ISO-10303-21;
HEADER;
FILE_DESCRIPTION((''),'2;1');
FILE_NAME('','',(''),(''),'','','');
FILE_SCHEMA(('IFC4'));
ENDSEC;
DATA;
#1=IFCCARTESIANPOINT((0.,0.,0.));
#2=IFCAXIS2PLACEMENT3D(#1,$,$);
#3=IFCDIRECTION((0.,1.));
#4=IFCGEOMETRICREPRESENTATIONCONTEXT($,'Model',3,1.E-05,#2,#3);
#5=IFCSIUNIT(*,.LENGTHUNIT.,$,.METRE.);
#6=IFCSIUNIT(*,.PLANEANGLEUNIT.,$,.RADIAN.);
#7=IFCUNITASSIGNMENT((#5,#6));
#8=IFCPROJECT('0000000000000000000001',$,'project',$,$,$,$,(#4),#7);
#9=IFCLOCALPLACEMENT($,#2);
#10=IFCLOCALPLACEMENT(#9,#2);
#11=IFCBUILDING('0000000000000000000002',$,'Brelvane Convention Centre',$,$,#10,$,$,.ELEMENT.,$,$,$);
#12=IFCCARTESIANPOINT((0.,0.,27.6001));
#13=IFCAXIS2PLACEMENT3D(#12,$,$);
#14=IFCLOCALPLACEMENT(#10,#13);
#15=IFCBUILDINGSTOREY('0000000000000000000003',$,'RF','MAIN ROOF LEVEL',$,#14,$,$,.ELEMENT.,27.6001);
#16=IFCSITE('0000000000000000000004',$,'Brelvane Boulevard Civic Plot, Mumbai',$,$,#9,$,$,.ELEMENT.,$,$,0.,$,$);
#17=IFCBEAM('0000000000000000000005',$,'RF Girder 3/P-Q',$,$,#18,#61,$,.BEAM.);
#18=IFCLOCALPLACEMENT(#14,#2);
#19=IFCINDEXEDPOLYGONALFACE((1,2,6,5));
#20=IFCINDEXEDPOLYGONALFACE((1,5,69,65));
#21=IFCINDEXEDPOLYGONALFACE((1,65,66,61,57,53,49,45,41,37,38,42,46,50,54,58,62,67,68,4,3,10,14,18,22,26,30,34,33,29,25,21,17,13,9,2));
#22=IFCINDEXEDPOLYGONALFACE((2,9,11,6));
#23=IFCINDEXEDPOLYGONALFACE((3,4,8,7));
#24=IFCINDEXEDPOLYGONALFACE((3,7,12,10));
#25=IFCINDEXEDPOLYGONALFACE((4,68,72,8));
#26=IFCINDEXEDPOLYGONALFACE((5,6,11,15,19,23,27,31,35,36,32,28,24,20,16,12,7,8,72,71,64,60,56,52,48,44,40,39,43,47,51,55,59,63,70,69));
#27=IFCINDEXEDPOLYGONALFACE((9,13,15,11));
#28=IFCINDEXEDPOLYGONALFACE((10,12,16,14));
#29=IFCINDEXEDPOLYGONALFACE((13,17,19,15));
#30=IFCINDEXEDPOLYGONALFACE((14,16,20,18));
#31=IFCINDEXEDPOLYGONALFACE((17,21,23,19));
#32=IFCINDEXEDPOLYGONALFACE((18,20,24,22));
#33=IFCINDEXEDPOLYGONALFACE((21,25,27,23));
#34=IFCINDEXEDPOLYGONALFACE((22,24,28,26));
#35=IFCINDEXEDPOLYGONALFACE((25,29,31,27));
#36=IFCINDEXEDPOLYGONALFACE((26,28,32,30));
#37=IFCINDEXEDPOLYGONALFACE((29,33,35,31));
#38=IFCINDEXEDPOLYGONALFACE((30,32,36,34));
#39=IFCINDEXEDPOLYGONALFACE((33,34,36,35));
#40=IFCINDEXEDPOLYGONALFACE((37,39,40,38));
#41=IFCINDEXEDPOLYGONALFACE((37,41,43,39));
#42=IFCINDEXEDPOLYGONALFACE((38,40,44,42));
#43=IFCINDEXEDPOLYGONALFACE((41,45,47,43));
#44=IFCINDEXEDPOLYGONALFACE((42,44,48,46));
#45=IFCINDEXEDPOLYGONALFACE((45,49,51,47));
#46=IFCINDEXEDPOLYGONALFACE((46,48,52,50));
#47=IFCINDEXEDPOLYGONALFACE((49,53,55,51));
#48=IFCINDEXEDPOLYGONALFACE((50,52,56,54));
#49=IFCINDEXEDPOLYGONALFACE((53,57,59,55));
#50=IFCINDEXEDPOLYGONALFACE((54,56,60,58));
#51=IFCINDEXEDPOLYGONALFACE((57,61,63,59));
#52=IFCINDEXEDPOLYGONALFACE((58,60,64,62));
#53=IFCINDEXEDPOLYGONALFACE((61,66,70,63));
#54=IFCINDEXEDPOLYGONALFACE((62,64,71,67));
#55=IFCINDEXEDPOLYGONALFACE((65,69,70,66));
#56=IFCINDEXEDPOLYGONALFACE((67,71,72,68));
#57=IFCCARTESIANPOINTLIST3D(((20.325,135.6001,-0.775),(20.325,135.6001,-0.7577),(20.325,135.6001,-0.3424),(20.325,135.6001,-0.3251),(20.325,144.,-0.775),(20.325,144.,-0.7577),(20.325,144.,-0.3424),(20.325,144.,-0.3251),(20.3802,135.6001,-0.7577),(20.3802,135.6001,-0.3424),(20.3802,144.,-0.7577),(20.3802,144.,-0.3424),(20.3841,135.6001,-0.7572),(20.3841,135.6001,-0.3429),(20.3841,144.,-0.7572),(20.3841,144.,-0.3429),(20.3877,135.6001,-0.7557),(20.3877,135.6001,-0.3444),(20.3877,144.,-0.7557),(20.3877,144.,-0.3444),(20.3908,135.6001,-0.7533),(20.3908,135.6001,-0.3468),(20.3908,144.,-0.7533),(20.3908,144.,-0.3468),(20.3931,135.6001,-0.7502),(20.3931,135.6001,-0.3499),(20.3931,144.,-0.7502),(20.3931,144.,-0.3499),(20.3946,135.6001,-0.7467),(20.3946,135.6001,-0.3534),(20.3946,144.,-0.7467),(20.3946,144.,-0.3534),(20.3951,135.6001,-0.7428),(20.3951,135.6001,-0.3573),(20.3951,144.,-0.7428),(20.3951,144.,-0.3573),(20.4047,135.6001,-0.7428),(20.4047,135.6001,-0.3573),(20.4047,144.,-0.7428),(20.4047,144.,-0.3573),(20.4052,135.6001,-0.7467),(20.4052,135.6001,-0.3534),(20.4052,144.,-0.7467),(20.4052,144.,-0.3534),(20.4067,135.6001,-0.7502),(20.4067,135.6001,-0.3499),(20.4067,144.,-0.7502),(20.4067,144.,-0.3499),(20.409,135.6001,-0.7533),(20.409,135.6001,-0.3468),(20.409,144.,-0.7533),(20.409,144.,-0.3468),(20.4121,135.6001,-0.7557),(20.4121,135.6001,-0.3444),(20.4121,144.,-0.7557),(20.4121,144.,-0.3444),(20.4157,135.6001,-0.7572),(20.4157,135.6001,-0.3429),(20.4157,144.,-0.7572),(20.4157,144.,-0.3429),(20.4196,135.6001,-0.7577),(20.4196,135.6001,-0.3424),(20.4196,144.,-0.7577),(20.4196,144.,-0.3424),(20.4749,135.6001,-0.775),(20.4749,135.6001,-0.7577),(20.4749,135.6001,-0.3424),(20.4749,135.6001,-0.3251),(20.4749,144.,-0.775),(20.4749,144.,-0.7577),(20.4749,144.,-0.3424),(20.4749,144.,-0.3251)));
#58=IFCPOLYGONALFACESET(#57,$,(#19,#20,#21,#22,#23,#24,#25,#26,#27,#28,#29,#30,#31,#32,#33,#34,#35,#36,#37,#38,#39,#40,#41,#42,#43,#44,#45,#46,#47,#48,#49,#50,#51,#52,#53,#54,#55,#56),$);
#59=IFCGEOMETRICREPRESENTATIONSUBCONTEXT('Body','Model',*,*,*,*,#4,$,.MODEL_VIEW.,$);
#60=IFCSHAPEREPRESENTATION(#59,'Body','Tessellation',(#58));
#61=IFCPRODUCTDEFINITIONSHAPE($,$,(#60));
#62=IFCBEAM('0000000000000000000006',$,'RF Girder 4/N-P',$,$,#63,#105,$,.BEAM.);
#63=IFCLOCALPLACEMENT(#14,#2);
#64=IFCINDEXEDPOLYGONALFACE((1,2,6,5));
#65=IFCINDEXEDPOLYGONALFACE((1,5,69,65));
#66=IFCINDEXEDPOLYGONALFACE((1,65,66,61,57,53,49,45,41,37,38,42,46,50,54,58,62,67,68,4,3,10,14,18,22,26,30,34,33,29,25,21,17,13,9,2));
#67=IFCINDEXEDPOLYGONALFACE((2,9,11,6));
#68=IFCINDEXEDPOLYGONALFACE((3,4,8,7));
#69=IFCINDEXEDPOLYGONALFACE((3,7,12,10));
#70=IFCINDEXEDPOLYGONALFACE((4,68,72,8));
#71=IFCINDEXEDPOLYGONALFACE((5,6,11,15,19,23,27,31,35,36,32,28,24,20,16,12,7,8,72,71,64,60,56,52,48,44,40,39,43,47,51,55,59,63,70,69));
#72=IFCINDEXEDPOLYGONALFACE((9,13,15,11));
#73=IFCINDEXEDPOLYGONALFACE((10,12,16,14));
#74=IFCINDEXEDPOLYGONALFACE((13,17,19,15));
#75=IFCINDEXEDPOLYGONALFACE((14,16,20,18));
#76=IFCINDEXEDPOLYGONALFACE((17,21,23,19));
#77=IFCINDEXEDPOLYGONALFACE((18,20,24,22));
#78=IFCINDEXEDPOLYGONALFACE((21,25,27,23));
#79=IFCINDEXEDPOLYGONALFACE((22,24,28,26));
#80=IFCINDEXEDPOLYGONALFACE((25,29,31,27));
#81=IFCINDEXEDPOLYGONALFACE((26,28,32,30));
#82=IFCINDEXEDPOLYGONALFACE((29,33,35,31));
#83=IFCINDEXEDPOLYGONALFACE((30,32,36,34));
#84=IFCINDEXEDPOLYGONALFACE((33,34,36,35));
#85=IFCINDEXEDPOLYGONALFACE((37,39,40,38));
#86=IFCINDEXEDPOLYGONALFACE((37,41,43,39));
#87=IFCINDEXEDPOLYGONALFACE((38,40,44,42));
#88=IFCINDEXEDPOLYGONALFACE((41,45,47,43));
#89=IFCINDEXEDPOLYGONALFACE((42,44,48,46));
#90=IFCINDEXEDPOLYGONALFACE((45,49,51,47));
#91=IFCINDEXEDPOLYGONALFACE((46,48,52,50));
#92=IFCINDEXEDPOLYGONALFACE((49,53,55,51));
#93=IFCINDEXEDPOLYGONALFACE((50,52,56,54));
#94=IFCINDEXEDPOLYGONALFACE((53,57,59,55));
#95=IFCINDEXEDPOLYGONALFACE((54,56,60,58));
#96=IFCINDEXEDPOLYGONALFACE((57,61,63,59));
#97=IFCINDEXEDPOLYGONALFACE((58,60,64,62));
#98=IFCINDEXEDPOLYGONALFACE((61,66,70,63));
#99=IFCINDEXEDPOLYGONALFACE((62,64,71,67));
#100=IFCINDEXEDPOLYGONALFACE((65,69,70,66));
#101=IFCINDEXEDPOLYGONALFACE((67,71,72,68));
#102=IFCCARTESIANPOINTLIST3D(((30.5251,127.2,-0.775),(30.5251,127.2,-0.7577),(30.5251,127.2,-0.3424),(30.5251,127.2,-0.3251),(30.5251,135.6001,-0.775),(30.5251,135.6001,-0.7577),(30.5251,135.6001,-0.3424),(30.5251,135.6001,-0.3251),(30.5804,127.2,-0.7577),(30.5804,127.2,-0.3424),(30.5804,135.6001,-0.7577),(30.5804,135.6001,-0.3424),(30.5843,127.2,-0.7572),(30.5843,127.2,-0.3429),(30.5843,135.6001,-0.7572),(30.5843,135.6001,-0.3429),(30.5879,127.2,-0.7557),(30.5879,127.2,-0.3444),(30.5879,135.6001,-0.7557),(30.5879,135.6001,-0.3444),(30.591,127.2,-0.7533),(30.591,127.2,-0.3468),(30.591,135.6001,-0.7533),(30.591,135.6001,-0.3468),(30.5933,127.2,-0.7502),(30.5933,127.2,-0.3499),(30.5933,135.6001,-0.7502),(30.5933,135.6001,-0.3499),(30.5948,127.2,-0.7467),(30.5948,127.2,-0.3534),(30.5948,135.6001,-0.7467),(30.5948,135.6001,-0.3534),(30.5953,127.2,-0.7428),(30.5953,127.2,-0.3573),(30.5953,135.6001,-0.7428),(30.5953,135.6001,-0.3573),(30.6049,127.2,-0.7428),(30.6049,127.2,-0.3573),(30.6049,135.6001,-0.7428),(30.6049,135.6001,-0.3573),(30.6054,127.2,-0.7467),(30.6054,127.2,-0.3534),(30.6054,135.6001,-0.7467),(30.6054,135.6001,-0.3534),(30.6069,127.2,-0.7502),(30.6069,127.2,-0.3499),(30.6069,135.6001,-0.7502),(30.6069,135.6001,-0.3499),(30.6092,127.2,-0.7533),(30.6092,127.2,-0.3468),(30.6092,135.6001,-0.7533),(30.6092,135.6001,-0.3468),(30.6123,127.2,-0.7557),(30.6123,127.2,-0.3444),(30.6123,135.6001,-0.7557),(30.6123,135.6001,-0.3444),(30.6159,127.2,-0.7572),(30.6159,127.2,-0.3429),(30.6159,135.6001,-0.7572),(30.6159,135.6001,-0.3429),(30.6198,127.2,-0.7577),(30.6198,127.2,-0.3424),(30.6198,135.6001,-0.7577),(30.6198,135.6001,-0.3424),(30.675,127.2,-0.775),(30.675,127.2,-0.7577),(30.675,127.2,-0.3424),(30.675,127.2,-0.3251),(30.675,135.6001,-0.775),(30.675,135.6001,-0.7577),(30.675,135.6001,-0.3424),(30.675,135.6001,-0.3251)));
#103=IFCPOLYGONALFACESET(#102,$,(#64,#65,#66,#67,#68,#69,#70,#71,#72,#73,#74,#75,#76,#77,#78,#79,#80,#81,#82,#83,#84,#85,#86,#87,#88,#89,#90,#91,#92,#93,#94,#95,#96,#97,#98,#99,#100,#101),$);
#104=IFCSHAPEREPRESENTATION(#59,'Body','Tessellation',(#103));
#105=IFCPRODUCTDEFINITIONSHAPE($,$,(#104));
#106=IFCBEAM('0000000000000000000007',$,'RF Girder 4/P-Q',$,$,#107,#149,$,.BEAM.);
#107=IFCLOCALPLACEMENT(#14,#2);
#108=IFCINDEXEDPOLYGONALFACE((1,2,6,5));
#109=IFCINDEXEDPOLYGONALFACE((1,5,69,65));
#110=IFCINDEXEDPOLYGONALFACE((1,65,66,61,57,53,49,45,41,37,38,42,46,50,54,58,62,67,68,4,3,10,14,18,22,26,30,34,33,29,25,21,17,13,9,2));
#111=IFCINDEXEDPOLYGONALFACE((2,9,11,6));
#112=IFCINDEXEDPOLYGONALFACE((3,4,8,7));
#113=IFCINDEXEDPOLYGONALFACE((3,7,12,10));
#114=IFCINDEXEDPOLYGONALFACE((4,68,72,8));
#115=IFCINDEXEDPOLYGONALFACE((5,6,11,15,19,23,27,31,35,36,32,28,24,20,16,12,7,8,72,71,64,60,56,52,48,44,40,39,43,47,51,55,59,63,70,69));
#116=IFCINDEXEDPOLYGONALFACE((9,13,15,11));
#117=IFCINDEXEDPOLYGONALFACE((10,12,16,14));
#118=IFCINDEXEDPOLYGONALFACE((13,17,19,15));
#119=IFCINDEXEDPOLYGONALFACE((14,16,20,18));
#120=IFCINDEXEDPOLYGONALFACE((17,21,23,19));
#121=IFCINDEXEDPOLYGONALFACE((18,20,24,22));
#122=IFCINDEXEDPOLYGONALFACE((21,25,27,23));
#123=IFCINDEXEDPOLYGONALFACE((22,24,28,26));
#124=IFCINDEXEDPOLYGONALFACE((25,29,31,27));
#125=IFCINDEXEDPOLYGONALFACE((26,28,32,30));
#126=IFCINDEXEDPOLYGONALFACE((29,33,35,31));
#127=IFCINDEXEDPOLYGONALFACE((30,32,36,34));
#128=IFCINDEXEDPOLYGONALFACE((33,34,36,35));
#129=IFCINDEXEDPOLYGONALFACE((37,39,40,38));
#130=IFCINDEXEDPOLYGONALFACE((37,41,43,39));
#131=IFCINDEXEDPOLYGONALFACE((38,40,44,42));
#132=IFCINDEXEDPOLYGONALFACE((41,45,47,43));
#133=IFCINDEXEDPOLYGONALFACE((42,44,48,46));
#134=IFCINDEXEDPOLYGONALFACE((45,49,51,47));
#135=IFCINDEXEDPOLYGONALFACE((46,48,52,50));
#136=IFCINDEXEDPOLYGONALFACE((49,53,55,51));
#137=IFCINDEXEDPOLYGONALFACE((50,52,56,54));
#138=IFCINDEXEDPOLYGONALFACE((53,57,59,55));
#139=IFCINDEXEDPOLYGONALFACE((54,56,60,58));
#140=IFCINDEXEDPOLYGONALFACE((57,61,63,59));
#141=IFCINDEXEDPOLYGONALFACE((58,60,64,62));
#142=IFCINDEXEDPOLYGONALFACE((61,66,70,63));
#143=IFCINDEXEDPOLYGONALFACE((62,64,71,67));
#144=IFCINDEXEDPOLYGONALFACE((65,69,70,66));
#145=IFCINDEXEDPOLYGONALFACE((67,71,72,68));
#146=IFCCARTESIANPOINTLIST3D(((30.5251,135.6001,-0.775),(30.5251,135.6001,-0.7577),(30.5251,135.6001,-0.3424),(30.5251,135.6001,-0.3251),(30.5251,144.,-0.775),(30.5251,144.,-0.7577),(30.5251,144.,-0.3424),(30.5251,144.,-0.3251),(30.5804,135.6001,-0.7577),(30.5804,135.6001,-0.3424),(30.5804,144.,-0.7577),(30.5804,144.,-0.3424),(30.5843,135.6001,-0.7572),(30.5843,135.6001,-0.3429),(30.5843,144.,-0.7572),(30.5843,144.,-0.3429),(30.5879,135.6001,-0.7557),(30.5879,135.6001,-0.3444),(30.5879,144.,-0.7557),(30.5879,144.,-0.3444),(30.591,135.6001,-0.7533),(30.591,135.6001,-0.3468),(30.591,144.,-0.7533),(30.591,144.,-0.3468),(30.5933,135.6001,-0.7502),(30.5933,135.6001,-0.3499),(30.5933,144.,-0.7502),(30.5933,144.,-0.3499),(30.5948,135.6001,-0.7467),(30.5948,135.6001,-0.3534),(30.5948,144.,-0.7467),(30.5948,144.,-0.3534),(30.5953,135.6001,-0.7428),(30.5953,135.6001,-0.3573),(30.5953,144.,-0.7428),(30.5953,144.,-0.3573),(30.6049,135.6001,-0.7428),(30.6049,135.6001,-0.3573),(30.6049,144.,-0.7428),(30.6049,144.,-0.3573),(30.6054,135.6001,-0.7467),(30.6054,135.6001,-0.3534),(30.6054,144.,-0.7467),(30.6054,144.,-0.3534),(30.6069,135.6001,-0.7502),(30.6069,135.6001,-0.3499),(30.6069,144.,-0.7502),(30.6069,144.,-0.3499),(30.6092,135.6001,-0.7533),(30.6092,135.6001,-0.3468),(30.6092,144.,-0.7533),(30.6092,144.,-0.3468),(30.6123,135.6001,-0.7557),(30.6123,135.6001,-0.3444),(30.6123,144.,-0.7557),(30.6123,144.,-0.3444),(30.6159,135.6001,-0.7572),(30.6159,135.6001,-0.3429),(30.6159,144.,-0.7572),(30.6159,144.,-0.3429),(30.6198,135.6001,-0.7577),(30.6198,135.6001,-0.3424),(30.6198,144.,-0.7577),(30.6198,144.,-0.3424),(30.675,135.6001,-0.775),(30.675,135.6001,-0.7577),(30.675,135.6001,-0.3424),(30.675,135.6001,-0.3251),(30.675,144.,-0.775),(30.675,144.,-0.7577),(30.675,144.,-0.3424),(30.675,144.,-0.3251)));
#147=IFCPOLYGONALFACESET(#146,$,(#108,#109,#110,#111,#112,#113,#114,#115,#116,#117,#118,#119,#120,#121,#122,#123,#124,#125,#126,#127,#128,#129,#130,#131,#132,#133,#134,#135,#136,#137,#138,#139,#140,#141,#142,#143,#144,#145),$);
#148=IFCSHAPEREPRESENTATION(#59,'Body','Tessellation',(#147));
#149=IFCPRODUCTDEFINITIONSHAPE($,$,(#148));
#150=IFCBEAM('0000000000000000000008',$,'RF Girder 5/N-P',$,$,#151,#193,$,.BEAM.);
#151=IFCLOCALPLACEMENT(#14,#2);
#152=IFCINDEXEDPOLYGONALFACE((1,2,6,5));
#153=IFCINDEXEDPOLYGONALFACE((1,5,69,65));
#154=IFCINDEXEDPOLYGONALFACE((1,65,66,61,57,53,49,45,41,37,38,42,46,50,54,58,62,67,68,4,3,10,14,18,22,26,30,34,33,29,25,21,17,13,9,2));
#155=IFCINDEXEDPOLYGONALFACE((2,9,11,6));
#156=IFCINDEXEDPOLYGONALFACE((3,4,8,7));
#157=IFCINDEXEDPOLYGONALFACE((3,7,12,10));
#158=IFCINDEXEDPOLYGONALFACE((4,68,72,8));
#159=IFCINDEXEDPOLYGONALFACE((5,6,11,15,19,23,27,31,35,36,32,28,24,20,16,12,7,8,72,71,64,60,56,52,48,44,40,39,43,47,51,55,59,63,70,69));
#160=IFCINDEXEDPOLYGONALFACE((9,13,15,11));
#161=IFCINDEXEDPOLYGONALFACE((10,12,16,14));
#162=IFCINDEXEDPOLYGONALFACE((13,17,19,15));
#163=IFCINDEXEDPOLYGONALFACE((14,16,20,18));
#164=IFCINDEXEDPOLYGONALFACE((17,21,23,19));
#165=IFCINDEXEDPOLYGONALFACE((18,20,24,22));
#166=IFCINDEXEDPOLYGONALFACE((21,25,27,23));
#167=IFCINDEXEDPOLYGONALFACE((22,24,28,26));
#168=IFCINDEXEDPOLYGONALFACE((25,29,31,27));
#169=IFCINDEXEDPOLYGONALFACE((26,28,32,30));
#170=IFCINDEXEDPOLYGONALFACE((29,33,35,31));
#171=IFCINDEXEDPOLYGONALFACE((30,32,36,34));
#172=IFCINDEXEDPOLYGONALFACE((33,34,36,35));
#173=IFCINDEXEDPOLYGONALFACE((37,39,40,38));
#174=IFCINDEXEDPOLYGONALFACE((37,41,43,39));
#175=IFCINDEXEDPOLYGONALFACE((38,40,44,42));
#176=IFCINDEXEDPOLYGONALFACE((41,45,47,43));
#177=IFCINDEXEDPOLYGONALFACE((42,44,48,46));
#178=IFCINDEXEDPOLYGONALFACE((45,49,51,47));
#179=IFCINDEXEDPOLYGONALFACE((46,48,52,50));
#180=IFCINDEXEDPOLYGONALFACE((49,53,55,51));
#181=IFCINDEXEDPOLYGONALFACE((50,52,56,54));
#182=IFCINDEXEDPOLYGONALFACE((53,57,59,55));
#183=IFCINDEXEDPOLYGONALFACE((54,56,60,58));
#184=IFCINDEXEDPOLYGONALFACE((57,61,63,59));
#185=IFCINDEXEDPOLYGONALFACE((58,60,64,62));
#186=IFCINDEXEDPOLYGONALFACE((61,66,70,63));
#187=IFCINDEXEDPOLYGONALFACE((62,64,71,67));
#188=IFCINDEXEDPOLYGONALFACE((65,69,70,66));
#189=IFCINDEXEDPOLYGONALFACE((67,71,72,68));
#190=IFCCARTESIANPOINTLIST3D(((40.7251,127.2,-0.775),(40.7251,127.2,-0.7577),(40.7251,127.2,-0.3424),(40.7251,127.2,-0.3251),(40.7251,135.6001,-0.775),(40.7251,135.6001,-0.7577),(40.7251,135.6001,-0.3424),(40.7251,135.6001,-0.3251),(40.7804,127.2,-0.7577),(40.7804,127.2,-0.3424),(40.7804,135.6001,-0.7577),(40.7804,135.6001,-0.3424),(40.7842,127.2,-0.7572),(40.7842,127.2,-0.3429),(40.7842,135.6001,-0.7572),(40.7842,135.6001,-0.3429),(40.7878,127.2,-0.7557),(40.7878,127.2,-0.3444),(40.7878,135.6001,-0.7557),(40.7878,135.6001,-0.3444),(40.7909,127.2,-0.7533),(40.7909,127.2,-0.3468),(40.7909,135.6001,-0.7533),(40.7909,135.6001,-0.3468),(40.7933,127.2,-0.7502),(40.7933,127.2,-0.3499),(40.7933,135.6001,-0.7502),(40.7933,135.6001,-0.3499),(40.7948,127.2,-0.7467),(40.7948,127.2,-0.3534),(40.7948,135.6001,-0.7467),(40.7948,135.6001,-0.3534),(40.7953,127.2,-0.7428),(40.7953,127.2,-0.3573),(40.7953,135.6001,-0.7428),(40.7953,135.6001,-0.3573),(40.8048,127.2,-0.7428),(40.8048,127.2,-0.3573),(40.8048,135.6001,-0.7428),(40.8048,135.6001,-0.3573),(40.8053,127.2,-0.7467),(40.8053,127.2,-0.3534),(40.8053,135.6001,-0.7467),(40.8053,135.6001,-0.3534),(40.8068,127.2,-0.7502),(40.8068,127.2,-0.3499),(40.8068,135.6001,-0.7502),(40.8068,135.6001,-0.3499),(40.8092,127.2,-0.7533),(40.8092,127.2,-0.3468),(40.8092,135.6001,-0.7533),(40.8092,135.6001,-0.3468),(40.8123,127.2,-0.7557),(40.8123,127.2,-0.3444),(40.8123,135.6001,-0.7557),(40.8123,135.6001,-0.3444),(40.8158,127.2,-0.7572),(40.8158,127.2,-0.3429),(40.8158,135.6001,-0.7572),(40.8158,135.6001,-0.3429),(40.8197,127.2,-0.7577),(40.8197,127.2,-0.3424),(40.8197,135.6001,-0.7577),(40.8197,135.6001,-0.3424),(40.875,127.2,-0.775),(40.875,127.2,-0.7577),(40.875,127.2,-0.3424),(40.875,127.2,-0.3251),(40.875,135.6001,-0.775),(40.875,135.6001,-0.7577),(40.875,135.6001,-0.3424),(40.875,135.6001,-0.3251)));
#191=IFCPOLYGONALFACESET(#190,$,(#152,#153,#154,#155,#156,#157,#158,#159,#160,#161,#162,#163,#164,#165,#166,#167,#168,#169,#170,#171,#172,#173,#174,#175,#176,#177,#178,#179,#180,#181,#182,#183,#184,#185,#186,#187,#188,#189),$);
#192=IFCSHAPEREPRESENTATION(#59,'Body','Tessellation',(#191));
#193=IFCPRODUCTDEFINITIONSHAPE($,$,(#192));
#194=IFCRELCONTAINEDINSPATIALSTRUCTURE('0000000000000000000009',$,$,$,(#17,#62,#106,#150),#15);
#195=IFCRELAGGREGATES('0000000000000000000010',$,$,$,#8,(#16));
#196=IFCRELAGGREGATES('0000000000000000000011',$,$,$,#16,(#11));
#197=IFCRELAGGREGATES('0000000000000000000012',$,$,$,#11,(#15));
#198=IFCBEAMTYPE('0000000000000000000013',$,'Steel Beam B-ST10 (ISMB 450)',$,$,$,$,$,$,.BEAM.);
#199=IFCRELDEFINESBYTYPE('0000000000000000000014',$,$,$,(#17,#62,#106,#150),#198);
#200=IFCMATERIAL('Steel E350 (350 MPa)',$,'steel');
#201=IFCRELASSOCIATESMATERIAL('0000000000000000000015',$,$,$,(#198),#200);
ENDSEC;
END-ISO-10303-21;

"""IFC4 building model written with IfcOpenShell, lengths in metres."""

from ifc_helpers import new_model, si_unit, direction, frame, origin, origin_2d, place, context, subcontext, project, spatial, i_section, extrude, material, material_profile, profile_set, type_object, element, save


model = new_model("IFC4")

# Units and contexts
model_context = context("Model", 3, precision=1e-05, world=origin(), true_north=direction((0.0, 1.0)))
body_context = subcontext(model_context, "Body", "Model", "MODEL_VIEW")
ifc_project = project(units=[si_unit("LENGTHUNIT", "METRE"), si_unit("PLANEANGLEUNIT", "RADIAN")], contexts=[model_context])

# Site, building, storey
site_placement = place(None, origin())
site = spatial("IfcSite", under=ifc_project, at=site_placement, Name="Brelvane Boulevard Civic Plot, Mumbai", CompositionType="ELEMENT", RefElevation=0.0)
building_placement = place(site_placement, origin())
building = spatial("IfcBuilding", under=site, at=building_placement, Name="Brelvane Convention Centre", CompositionType="ELEMENT")
storey_placement = place(building_placement, frame((0.0, 0.0, 27.6001)))
storey = spatial("IfcBuildingStorey", under=building, at=storey_placement, Name="RF", Description="MAIN ROOF LEVEL", CompositionType="ELEMENT", Elevation=27.6001)

# Beams
ifc_material_1 = material(Name="Steel E350 (350 MPa)", Category="steel")
ifc_material_profile_1 = material_profile(ifc_material_1, i_section(OverallWidth=0.1499, OverallDepth=0.45, WebThickness=0.0095, FlangeThickness=0.0173, FilletRadius=0.0149, at=origin_2d()), Name="ISMB 450")
ifc_profile_set_1 = profile_set([ifc_material_profile_1], Name="Steel E350 (350 MPa)")
beam_type_1 = type_object("IfcBeamType", Name="Steel Beam B-ST10 (ISMB 450)", PredefinedType="BEAM", material=ifc_profile_set_1)
beam_1_placement = place(storey_placement, frame((20.3999, 135.6001, -0.55), z_axis=(0.0, 1.0, 0.0), x_axis=(-1.0, 0.0, 0.0)))
element("IfcBeam", 1, at=beam_1_placement, inside=storey, type_object=beam_type_1, Name="RF Girder 3/P-Q", PredefinedType="BEAM", context=body_context, shape_type="SweptSolid", body=[
    extrude(i_section(OverallWidth=0.1499, OverallDepth=0.45, WebThickness=0.0095, FlangeThickness=0.0173, FilletRadius=0.0149, at=origin_2d()), origin(), (0.0, 0.0, 1.0), 8.3999),
])
beam_2_placement = place(storey_placement, frame((30.6001, 127.2, -0.55), z_axis=(0.0, 1.0, 0.0), x_axis=(-1.0, 0.0, 0.0)))
element("IfcBeam", 2, at=beam_2_placement, inside=storey, type_object=beam_type_1, Name="RF Girder 4/N-P", PredefinedType="BEAM", context=body_context, shape_type="SweptSolid", body=[
    extrude(i_section(OverallWidth=0.1499, OverallDepth=0.45, WebThickness=0.0095, FlangeThickness=0.0173, FilletRadius=0.0149, at=origin_2d()), origin(), (0.0, 0.0, 1.0), 8.4001),
])
beam_3_placement = place(storey_placement, frame((30.6001, 135.6001, -0.55), z_axis=(0.0, 1.0, 0.0), x_axis=(-1.0, 0.0, 0.0)))
element("IfcBeam", 3, at=beam_3_placement, inside=storey, type_object=beam_type_1, Name="RF Girder 4/P-Q", PredefinedType="BEAM", context=body_context, shape_type="SweptSolid", body=[
    extrude(i_section(OverallWidth=0.1499, OverallDepth=0.45, WebThickness=0.0095, FlangeThickness=0.0173, FilletRadius=0.0149, at=origin_2d()), origin(), (0.0, 0.0, 1.0), 8.3999),
])
beam_4_placement = place(storey_placement, frame((40.8, 127.2, -0.55), z_axis=(0.0, 1.0, 0.0), x_axis=(-1.0, 0.0, 0.0)))
element("IfcBeam", 4, at=beam_4_placement, inside=storey, type_object=beam_type_1, Name="RF Girder 5/N-P", PredefinedType="BEAM", context=body_context, shape_type="SweptSolid", body=[
    extrude(i_section(OverallWidth=0.1499, OverallDepth=0.45, WebThickness=0.0095, FlangeThickness=0.0173, FilletRadius=0.0149, at=origin_2d()), origin(), (0.0, 0.0, 1.0), 8.4001),
])

save(model, "model.ifc")
